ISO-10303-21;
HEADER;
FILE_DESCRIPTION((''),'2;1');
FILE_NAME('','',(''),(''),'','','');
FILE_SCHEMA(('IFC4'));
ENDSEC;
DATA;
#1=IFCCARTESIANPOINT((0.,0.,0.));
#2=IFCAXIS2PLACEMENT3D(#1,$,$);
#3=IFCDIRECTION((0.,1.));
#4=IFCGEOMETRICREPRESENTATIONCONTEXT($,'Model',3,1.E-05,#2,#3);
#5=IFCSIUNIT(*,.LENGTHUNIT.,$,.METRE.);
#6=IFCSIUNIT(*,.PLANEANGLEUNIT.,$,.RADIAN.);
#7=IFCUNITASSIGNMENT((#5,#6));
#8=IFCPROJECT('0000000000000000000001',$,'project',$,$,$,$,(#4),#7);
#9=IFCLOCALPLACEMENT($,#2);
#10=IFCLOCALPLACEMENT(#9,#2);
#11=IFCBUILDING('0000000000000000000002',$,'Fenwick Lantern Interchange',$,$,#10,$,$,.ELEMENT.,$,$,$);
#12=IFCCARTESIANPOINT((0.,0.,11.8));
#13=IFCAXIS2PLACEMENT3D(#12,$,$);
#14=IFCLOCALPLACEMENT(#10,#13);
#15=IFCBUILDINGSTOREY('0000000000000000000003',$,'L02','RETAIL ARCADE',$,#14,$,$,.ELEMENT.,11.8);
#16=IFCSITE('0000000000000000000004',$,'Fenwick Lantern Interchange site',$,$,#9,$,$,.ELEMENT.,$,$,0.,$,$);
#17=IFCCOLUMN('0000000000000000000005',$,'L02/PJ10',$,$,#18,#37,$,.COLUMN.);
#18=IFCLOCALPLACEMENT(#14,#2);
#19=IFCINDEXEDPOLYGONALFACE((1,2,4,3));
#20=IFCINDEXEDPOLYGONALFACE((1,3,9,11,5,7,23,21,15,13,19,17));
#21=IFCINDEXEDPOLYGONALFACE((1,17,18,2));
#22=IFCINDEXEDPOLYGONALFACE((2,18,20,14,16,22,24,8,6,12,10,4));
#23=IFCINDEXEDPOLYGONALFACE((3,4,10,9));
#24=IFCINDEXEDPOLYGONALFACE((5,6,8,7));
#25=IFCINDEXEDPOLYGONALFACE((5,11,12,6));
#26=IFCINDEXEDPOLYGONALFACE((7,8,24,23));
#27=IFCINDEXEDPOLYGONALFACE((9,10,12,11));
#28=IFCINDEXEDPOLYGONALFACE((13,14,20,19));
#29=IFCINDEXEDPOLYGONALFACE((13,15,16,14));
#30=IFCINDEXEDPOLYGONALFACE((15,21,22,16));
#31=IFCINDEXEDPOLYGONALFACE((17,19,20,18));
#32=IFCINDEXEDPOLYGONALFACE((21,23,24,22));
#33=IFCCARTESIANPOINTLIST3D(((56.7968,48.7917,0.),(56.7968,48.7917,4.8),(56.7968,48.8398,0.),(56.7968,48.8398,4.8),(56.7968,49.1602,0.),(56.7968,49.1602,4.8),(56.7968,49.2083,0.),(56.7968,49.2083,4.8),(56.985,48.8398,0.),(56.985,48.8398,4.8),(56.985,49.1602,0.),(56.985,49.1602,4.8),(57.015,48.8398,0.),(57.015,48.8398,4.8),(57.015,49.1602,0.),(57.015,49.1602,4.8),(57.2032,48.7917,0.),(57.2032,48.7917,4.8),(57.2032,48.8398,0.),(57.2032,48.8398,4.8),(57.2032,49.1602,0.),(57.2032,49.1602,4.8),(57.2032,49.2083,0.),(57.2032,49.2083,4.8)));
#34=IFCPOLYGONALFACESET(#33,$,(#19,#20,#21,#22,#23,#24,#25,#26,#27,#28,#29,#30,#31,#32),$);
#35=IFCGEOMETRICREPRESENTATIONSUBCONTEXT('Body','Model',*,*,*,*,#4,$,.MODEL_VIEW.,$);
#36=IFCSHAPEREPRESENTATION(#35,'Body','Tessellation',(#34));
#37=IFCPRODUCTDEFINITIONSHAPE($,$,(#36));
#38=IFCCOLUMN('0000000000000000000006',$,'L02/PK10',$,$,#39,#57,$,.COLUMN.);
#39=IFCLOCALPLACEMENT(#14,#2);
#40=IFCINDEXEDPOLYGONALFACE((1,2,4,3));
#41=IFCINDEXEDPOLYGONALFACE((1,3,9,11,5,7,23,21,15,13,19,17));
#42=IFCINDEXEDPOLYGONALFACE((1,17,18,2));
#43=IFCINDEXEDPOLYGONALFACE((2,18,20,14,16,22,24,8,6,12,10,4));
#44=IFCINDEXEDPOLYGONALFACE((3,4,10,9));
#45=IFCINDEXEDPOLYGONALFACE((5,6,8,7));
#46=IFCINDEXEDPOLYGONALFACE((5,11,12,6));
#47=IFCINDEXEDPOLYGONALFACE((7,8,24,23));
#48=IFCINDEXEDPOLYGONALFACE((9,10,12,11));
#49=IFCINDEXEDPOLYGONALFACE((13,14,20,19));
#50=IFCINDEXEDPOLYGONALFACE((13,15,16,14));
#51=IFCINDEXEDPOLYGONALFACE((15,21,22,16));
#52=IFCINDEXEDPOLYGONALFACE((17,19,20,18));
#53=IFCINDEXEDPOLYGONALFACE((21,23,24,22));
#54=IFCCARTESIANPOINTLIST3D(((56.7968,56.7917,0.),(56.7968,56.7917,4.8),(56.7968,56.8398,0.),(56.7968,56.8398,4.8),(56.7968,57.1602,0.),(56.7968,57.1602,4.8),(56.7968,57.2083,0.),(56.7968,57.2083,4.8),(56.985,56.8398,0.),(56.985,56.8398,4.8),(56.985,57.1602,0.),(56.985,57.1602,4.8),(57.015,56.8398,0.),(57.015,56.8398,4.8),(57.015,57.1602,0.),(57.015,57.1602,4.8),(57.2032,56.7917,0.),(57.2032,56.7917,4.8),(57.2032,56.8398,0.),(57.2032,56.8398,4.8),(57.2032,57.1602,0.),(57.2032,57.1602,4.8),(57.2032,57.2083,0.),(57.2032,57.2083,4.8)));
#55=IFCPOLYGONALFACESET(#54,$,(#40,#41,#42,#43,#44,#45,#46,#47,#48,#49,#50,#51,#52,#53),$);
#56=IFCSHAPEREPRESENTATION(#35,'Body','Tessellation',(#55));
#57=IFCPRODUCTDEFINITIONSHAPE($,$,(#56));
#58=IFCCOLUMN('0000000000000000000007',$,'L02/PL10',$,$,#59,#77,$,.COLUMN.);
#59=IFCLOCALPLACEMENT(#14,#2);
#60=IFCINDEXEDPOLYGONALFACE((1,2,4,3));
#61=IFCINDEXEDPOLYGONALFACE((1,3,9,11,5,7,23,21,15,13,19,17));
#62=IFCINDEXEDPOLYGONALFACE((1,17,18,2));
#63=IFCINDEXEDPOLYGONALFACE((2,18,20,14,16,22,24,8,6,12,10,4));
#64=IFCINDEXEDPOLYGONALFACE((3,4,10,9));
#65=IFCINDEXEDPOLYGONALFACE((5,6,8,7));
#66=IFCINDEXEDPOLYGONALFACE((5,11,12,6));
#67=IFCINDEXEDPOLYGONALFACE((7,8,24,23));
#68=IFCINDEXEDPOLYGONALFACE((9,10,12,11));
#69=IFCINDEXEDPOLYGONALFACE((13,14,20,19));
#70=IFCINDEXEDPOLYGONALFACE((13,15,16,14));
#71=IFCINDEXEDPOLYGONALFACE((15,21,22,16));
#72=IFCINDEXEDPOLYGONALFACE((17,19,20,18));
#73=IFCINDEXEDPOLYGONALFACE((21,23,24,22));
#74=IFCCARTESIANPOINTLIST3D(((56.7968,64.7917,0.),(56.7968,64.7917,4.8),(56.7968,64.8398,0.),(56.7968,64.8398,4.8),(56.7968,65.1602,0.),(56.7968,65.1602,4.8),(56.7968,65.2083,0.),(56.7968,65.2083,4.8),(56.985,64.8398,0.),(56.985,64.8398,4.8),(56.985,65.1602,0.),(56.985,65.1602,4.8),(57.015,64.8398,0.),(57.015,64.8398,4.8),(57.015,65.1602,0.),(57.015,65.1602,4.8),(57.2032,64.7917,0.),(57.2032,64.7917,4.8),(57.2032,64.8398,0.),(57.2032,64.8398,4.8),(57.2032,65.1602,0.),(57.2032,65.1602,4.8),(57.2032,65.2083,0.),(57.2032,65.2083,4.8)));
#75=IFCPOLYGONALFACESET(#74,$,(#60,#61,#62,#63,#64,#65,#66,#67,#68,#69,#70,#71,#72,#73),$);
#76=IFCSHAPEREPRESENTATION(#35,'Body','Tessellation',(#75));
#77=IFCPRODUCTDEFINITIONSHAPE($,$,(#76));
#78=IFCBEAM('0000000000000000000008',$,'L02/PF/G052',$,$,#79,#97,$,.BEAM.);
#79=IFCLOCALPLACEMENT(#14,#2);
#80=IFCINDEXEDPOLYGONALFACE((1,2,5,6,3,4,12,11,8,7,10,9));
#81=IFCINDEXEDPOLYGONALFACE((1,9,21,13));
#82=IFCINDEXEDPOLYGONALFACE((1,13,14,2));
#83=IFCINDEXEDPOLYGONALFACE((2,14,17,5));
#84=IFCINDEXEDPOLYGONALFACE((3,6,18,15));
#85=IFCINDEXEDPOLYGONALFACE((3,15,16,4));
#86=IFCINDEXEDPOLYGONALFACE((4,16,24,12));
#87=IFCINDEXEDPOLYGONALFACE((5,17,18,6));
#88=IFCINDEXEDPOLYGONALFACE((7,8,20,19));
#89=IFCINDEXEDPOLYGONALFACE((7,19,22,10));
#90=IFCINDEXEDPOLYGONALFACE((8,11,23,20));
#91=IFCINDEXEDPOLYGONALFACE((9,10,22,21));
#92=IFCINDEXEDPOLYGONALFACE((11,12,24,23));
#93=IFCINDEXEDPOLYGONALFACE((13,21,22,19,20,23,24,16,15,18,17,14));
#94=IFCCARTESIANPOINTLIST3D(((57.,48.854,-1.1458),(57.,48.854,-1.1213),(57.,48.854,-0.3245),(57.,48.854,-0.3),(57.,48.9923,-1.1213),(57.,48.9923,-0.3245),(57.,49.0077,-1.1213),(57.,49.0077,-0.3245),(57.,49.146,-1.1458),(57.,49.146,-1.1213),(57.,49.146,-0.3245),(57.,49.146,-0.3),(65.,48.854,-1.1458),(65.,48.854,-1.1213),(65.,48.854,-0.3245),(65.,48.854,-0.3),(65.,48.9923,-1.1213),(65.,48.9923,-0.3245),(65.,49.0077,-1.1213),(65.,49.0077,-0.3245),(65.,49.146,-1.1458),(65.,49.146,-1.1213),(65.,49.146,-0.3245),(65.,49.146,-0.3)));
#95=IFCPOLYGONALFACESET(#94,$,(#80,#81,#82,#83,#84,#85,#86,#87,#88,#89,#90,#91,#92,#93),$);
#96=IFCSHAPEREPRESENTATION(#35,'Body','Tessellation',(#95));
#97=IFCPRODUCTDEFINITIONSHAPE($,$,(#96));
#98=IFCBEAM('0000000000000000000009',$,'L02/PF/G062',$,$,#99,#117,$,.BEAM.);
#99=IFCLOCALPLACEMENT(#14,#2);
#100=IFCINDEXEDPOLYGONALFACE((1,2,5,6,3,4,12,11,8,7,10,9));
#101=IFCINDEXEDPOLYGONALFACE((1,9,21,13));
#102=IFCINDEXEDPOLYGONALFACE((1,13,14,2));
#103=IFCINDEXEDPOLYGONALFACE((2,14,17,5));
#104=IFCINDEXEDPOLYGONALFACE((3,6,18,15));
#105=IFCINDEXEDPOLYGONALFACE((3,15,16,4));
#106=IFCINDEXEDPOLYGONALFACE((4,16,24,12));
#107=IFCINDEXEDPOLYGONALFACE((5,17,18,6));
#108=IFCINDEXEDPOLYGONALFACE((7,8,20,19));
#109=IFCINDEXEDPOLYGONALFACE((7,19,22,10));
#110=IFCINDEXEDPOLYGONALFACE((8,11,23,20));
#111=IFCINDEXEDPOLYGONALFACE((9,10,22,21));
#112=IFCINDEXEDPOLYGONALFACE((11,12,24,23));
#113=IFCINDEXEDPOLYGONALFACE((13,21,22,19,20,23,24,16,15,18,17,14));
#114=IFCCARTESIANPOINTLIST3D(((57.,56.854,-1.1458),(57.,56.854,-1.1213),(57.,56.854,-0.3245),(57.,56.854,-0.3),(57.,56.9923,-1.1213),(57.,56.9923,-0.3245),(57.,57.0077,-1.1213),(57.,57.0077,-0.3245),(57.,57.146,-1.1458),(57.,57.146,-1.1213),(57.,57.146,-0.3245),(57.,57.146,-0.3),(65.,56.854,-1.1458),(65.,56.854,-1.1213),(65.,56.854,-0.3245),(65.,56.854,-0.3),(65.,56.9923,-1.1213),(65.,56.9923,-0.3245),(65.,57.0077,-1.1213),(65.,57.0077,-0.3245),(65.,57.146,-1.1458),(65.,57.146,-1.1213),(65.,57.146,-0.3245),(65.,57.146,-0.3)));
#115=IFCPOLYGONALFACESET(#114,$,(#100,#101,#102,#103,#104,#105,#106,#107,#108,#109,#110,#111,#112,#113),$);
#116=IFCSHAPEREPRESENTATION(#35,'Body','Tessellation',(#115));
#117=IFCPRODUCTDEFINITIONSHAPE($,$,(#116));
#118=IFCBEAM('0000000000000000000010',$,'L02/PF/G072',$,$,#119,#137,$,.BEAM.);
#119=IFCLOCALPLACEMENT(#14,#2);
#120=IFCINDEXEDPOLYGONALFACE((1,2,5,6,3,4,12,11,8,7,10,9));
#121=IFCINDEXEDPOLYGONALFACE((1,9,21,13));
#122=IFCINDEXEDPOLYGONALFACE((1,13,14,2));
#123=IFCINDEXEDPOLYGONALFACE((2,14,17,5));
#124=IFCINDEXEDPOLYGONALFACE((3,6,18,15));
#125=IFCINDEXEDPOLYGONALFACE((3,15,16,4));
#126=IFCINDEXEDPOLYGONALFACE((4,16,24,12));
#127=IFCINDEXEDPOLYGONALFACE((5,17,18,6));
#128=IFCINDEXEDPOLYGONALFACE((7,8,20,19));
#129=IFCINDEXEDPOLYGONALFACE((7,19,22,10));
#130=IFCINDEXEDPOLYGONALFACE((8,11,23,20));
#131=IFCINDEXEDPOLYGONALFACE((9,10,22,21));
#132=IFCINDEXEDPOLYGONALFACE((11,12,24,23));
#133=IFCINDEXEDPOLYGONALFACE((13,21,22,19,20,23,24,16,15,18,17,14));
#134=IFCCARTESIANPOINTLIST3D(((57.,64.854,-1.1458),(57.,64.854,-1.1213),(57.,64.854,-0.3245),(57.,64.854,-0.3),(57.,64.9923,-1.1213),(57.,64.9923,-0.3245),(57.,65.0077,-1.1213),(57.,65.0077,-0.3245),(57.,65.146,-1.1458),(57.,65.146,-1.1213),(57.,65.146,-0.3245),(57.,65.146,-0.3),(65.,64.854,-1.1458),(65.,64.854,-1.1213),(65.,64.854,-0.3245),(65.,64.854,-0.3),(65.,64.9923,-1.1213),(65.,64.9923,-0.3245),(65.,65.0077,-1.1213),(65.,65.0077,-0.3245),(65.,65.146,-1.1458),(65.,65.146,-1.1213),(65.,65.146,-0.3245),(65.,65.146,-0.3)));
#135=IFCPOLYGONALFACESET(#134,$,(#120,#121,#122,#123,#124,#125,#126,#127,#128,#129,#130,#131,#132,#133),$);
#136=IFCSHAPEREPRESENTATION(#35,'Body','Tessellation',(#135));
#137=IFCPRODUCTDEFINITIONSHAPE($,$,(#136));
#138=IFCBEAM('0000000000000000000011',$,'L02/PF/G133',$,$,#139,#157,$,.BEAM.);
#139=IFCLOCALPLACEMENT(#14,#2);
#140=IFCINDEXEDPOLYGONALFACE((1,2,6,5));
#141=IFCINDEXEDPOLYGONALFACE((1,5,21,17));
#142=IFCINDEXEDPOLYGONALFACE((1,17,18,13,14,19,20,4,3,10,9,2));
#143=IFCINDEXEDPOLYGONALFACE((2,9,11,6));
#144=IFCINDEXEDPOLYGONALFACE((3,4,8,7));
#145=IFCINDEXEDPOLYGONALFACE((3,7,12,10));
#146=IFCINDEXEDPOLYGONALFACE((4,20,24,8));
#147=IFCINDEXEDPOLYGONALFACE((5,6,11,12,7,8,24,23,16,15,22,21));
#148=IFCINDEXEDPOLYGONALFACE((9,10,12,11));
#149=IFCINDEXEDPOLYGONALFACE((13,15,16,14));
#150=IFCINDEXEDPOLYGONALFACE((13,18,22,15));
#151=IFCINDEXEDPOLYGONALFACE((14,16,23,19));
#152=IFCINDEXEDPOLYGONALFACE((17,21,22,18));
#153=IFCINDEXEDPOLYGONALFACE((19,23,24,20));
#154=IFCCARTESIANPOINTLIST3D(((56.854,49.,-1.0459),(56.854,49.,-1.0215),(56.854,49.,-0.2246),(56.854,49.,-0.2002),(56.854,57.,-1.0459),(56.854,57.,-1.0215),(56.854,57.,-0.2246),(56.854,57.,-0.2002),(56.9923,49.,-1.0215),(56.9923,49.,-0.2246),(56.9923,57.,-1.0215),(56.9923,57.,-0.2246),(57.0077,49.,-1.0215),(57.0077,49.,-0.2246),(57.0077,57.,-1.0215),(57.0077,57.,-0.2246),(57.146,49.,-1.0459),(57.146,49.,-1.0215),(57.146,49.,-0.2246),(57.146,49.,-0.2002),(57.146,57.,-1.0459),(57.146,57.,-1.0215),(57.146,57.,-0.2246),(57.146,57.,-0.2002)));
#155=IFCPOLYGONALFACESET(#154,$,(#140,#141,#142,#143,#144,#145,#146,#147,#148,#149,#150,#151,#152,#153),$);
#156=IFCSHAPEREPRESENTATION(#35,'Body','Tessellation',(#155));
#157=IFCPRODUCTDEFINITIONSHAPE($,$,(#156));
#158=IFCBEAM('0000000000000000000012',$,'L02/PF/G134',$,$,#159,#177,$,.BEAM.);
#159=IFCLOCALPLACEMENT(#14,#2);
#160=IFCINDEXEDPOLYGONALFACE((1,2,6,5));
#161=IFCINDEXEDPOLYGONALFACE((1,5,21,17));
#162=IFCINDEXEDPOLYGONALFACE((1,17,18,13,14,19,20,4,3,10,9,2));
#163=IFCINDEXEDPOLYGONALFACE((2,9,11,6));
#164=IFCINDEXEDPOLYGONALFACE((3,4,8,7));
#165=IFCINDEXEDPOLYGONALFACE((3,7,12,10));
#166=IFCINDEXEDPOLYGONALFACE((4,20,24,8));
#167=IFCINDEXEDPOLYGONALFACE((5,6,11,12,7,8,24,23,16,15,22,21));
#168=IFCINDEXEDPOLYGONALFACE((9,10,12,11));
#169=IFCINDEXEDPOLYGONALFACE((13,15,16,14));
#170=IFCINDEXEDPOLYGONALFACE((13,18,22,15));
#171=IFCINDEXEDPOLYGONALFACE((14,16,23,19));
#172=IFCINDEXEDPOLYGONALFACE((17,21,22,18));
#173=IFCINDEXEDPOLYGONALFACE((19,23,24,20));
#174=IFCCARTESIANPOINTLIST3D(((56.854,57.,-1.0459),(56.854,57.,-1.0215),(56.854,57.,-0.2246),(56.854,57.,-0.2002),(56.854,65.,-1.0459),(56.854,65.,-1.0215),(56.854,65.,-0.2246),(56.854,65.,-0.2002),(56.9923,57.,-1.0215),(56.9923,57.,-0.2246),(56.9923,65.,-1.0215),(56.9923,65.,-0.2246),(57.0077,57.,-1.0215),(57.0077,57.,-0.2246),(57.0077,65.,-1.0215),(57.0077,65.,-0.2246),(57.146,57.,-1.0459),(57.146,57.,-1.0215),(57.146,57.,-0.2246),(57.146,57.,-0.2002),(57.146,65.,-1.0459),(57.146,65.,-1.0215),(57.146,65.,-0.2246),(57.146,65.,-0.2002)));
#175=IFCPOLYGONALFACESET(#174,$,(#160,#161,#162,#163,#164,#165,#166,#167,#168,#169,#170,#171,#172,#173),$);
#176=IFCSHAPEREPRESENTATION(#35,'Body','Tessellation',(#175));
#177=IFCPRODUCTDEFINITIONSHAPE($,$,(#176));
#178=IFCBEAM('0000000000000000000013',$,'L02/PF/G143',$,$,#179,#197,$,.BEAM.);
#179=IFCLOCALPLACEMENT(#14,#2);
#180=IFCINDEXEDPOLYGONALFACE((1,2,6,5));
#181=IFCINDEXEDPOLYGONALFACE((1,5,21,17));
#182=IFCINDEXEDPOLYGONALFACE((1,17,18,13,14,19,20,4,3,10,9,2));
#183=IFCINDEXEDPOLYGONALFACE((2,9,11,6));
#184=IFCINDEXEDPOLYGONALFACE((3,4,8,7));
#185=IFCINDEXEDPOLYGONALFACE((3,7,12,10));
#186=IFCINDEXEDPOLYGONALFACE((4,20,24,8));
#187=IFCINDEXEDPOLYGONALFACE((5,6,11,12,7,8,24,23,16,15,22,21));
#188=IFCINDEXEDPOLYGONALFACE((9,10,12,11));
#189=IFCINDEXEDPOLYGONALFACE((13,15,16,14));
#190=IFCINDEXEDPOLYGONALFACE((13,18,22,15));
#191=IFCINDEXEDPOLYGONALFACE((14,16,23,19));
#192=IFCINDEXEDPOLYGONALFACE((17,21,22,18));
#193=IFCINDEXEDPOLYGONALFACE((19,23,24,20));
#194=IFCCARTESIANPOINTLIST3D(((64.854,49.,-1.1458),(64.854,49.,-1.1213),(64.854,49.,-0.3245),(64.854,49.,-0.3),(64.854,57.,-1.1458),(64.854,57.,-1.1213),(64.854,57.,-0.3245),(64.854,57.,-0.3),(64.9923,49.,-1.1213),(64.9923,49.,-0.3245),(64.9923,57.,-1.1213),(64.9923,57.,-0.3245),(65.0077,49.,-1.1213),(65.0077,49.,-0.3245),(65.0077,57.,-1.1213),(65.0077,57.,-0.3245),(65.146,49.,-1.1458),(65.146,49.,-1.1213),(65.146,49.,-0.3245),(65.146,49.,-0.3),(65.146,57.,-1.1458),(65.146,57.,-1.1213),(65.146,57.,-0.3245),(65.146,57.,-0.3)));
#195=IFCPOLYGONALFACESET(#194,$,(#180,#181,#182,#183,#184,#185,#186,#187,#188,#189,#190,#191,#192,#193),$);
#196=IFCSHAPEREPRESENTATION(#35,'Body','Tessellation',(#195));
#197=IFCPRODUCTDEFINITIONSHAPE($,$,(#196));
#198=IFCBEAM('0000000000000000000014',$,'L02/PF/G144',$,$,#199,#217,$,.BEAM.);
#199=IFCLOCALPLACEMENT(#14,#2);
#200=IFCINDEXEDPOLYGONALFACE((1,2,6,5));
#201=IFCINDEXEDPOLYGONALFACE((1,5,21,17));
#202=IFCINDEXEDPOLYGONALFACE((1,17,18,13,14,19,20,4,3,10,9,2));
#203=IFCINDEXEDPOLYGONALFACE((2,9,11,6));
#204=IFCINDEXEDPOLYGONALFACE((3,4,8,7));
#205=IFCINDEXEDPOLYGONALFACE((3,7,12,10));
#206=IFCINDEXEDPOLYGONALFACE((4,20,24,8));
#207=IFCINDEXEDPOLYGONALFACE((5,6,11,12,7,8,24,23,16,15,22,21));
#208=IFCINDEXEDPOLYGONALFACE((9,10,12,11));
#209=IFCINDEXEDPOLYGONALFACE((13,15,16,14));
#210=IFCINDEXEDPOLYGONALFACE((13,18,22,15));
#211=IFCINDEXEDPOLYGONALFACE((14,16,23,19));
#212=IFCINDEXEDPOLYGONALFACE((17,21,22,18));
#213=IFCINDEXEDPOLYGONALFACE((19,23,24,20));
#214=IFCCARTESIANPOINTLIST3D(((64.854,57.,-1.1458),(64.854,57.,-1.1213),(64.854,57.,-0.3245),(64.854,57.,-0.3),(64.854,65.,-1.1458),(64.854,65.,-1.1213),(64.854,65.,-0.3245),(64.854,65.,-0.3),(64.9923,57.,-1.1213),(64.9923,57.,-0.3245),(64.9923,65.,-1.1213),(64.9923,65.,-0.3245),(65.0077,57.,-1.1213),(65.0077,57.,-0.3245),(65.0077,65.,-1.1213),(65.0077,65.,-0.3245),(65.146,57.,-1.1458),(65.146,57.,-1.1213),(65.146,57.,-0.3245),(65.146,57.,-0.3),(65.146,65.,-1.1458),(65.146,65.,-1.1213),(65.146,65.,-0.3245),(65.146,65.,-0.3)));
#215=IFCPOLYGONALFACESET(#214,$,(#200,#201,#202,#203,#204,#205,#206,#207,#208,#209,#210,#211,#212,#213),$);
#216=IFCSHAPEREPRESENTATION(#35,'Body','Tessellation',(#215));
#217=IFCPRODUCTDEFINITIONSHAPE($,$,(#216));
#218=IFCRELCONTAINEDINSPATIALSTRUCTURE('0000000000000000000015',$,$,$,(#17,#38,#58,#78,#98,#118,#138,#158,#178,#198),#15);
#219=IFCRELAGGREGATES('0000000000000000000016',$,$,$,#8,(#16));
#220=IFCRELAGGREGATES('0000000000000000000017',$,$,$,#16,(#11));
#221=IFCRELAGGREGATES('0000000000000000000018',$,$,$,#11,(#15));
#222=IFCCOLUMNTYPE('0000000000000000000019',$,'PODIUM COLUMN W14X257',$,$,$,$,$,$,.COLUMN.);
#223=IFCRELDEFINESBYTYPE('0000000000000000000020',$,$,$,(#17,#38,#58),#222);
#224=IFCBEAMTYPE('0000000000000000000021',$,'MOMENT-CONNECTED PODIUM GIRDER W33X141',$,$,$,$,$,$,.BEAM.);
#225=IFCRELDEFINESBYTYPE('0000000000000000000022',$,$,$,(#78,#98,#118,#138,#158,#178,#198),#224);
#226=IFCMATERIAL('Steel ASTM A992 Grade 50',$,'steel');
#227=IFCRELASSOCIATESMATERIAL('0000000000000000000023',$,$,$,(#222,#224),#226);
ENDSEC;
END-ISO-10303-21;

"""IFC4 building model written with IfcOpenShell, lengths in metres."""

from ifc_helpers import new_model, si_unit, direction, frame, origin, origin_2d, place, context, subcontext, project, spatial, i_section, extrude, material, material_profile, profile_set, type_object, element, save


model = new_model("IFC4")

# Units and contexts
model_context = context("Model", 3, precision=1e-05, world=origin(), true_north=direction((0.0, 1.0)))
body_context = subcontext(model_context, "Body", "Model", "MODEL_VIEW")
ifc_project = project(units=[si_unit("LENGTHUNIT", "METRE"), si_unit("PLANEANGLEUNIT", "RADIAN")], contexts=[model_context])

# Site, building, storey
site_placement = place(None, origin())
site = spatial("IfcSite", under=ifc_project, at=site_placement, Name="Fenwick Lantern Interchange site", CompositionType="ELEMENT", RefElevation=0.0)
building_placement = place(site_placement, origin())
building = spatial("IfcBuilding", under=site, at=building_placement, Name="Fenwick Lantern Interchange", CompositionType="ELEMENT")
storey_placement = place(building_placement, frame((0.0, 0.0, 11.8)))
storey = spatial("IfcBuildingStorey", under=building, at=storey_placement, Name="L02", Description="RETAIL ARCADE", CompositionType="ELEMENT", Elevation=11.8)

# Columns
ifc_material_1 = material(Name="Steel ASTM A992 Grade 50", Category="steel")
ifc_material_profile_1 = material_profile(ifc_material_1, i_section(OverallWidth=0.4065, OverallDepth=0.4165, WebThickness=0.03, FlangeThickness=0.0481, at=origin_2d()), Name="W14X257")
ifc_profile_set_1 = profile_set([ifc_material_profile_1], Name="Steel ASTM A992 Grade 50")
column_type = type_object("IfcColumnType", Name="PODIUM COLUMN W14X257", PredefinedType="COLUMN", material=ifc_profile_set_1)
for number, where, z_axis, x_axis, name in (
    (1, (57.0, 49.0, 0.0), (0.0, 0.0, 1.0), (1.0, 0.0, 0.0), "L02/PJ10"),
    (2, (57.0, 57.0, 0.0), (0.0, 0.0, 1.0), (1.0, 0.0, 0.0), "L02/PK10"),
    (3, (57.0, 65.0, 0.0), (0.0, 0.0, 1.0), (1.0, 0.0, 0.0), "L02/PL10"),
):
    element("IfcColumn", number, at=place(storey_placement, frame(where, z_axis=z_axis, x_axis=x_axis)), inside=storey, type_object=column_type, Name=name, PredefinedType="COLUMN", context=body_context, shape_type="SweptSolid", body=[
        extrude(i_section(OverallWidth=0.4065, OverallDepth=0.4165, WebThickness=0.03, FlangeThickness=0.0481, at=origin_2d()), origin(), (0.0, 0.0, 1.0), 4.8),
    ])

# Beams
ifc_material_profile_2 = material_profile(ifc_material_1, i_section(OverallWidth=0.292, OverallDepth=0.8457, WebThickness=0.0154, FlangeThickness=0.0244, at=origin_2d()), Name="W33X141")
ifc_profile_set_2 = profile_set([ifc_material_profile_2], Name="Steel ASTM A992 Grade 50")
beam_type_1 = type_object("IfcBeamType", Name="MOMENT-CONNECTED PODIUM GIRDER W33X141", PredefinedType="BEAM", material=ifc_profile_set_2)
for number, where, z_axis, x_axis, name in (
    (4, (57.0, 49.0, -0.7229), (1.0, 0.0, 0.0), (0.0, 1.0, 0.0), "L02/PF/G052"),
    (5, (57.0, 57.0, -0.7229), (1.0, 0.0, 0.0), (0.0, 1.0, 0.0), "L02/PF/G062"),
    (6, (57.0, 65.0, -0.7229), (1.0, 0.0, 0.0), (0.0, 1.0, 0.0), "L02/PF/G072"),
    (7, (57.0, 49.0, -0.623), (0.0, 1.0, 0.0), (-1.0, 0.0, 0.0), "L02/PF/G133"),
    (8, (57.0, 57.0, -0.623), (0.0, 1.0, 0.0), (-1.0, 0.0, 0.0), "L02/PF/G134"),
    (9, (65.0, 49.0, -0.7229), (0.0, 1.0, 0.0), (-1.0, 0.0, 0.0), "L02/PF/G143"),
    (10, (65.0, 57.0, -0.7229), (0.0, 1.0, 0.0), (-1.0, 0.0, 0.0), "L02/PF/G144"),
):
    element("IfcBeam", number, at=place(storey_placement, frame(where, z_axis=z_axis, x_axis=x_axis)), inside=storey, type_object=beam_type_1, Name=name, PredefinedType="BEAM", context=body_context, shape_type="SweptSolid", body=[
        extrude(i_section(OverallWidth=0.292, OverallDepth=0.8457, WebThickness=0.0154, FlangeThickness=0.0244, at=origin_2d()), origin(), (0.0, 0.0, 1.0), 8.0),
    ])

save(model, "model.ifc")
